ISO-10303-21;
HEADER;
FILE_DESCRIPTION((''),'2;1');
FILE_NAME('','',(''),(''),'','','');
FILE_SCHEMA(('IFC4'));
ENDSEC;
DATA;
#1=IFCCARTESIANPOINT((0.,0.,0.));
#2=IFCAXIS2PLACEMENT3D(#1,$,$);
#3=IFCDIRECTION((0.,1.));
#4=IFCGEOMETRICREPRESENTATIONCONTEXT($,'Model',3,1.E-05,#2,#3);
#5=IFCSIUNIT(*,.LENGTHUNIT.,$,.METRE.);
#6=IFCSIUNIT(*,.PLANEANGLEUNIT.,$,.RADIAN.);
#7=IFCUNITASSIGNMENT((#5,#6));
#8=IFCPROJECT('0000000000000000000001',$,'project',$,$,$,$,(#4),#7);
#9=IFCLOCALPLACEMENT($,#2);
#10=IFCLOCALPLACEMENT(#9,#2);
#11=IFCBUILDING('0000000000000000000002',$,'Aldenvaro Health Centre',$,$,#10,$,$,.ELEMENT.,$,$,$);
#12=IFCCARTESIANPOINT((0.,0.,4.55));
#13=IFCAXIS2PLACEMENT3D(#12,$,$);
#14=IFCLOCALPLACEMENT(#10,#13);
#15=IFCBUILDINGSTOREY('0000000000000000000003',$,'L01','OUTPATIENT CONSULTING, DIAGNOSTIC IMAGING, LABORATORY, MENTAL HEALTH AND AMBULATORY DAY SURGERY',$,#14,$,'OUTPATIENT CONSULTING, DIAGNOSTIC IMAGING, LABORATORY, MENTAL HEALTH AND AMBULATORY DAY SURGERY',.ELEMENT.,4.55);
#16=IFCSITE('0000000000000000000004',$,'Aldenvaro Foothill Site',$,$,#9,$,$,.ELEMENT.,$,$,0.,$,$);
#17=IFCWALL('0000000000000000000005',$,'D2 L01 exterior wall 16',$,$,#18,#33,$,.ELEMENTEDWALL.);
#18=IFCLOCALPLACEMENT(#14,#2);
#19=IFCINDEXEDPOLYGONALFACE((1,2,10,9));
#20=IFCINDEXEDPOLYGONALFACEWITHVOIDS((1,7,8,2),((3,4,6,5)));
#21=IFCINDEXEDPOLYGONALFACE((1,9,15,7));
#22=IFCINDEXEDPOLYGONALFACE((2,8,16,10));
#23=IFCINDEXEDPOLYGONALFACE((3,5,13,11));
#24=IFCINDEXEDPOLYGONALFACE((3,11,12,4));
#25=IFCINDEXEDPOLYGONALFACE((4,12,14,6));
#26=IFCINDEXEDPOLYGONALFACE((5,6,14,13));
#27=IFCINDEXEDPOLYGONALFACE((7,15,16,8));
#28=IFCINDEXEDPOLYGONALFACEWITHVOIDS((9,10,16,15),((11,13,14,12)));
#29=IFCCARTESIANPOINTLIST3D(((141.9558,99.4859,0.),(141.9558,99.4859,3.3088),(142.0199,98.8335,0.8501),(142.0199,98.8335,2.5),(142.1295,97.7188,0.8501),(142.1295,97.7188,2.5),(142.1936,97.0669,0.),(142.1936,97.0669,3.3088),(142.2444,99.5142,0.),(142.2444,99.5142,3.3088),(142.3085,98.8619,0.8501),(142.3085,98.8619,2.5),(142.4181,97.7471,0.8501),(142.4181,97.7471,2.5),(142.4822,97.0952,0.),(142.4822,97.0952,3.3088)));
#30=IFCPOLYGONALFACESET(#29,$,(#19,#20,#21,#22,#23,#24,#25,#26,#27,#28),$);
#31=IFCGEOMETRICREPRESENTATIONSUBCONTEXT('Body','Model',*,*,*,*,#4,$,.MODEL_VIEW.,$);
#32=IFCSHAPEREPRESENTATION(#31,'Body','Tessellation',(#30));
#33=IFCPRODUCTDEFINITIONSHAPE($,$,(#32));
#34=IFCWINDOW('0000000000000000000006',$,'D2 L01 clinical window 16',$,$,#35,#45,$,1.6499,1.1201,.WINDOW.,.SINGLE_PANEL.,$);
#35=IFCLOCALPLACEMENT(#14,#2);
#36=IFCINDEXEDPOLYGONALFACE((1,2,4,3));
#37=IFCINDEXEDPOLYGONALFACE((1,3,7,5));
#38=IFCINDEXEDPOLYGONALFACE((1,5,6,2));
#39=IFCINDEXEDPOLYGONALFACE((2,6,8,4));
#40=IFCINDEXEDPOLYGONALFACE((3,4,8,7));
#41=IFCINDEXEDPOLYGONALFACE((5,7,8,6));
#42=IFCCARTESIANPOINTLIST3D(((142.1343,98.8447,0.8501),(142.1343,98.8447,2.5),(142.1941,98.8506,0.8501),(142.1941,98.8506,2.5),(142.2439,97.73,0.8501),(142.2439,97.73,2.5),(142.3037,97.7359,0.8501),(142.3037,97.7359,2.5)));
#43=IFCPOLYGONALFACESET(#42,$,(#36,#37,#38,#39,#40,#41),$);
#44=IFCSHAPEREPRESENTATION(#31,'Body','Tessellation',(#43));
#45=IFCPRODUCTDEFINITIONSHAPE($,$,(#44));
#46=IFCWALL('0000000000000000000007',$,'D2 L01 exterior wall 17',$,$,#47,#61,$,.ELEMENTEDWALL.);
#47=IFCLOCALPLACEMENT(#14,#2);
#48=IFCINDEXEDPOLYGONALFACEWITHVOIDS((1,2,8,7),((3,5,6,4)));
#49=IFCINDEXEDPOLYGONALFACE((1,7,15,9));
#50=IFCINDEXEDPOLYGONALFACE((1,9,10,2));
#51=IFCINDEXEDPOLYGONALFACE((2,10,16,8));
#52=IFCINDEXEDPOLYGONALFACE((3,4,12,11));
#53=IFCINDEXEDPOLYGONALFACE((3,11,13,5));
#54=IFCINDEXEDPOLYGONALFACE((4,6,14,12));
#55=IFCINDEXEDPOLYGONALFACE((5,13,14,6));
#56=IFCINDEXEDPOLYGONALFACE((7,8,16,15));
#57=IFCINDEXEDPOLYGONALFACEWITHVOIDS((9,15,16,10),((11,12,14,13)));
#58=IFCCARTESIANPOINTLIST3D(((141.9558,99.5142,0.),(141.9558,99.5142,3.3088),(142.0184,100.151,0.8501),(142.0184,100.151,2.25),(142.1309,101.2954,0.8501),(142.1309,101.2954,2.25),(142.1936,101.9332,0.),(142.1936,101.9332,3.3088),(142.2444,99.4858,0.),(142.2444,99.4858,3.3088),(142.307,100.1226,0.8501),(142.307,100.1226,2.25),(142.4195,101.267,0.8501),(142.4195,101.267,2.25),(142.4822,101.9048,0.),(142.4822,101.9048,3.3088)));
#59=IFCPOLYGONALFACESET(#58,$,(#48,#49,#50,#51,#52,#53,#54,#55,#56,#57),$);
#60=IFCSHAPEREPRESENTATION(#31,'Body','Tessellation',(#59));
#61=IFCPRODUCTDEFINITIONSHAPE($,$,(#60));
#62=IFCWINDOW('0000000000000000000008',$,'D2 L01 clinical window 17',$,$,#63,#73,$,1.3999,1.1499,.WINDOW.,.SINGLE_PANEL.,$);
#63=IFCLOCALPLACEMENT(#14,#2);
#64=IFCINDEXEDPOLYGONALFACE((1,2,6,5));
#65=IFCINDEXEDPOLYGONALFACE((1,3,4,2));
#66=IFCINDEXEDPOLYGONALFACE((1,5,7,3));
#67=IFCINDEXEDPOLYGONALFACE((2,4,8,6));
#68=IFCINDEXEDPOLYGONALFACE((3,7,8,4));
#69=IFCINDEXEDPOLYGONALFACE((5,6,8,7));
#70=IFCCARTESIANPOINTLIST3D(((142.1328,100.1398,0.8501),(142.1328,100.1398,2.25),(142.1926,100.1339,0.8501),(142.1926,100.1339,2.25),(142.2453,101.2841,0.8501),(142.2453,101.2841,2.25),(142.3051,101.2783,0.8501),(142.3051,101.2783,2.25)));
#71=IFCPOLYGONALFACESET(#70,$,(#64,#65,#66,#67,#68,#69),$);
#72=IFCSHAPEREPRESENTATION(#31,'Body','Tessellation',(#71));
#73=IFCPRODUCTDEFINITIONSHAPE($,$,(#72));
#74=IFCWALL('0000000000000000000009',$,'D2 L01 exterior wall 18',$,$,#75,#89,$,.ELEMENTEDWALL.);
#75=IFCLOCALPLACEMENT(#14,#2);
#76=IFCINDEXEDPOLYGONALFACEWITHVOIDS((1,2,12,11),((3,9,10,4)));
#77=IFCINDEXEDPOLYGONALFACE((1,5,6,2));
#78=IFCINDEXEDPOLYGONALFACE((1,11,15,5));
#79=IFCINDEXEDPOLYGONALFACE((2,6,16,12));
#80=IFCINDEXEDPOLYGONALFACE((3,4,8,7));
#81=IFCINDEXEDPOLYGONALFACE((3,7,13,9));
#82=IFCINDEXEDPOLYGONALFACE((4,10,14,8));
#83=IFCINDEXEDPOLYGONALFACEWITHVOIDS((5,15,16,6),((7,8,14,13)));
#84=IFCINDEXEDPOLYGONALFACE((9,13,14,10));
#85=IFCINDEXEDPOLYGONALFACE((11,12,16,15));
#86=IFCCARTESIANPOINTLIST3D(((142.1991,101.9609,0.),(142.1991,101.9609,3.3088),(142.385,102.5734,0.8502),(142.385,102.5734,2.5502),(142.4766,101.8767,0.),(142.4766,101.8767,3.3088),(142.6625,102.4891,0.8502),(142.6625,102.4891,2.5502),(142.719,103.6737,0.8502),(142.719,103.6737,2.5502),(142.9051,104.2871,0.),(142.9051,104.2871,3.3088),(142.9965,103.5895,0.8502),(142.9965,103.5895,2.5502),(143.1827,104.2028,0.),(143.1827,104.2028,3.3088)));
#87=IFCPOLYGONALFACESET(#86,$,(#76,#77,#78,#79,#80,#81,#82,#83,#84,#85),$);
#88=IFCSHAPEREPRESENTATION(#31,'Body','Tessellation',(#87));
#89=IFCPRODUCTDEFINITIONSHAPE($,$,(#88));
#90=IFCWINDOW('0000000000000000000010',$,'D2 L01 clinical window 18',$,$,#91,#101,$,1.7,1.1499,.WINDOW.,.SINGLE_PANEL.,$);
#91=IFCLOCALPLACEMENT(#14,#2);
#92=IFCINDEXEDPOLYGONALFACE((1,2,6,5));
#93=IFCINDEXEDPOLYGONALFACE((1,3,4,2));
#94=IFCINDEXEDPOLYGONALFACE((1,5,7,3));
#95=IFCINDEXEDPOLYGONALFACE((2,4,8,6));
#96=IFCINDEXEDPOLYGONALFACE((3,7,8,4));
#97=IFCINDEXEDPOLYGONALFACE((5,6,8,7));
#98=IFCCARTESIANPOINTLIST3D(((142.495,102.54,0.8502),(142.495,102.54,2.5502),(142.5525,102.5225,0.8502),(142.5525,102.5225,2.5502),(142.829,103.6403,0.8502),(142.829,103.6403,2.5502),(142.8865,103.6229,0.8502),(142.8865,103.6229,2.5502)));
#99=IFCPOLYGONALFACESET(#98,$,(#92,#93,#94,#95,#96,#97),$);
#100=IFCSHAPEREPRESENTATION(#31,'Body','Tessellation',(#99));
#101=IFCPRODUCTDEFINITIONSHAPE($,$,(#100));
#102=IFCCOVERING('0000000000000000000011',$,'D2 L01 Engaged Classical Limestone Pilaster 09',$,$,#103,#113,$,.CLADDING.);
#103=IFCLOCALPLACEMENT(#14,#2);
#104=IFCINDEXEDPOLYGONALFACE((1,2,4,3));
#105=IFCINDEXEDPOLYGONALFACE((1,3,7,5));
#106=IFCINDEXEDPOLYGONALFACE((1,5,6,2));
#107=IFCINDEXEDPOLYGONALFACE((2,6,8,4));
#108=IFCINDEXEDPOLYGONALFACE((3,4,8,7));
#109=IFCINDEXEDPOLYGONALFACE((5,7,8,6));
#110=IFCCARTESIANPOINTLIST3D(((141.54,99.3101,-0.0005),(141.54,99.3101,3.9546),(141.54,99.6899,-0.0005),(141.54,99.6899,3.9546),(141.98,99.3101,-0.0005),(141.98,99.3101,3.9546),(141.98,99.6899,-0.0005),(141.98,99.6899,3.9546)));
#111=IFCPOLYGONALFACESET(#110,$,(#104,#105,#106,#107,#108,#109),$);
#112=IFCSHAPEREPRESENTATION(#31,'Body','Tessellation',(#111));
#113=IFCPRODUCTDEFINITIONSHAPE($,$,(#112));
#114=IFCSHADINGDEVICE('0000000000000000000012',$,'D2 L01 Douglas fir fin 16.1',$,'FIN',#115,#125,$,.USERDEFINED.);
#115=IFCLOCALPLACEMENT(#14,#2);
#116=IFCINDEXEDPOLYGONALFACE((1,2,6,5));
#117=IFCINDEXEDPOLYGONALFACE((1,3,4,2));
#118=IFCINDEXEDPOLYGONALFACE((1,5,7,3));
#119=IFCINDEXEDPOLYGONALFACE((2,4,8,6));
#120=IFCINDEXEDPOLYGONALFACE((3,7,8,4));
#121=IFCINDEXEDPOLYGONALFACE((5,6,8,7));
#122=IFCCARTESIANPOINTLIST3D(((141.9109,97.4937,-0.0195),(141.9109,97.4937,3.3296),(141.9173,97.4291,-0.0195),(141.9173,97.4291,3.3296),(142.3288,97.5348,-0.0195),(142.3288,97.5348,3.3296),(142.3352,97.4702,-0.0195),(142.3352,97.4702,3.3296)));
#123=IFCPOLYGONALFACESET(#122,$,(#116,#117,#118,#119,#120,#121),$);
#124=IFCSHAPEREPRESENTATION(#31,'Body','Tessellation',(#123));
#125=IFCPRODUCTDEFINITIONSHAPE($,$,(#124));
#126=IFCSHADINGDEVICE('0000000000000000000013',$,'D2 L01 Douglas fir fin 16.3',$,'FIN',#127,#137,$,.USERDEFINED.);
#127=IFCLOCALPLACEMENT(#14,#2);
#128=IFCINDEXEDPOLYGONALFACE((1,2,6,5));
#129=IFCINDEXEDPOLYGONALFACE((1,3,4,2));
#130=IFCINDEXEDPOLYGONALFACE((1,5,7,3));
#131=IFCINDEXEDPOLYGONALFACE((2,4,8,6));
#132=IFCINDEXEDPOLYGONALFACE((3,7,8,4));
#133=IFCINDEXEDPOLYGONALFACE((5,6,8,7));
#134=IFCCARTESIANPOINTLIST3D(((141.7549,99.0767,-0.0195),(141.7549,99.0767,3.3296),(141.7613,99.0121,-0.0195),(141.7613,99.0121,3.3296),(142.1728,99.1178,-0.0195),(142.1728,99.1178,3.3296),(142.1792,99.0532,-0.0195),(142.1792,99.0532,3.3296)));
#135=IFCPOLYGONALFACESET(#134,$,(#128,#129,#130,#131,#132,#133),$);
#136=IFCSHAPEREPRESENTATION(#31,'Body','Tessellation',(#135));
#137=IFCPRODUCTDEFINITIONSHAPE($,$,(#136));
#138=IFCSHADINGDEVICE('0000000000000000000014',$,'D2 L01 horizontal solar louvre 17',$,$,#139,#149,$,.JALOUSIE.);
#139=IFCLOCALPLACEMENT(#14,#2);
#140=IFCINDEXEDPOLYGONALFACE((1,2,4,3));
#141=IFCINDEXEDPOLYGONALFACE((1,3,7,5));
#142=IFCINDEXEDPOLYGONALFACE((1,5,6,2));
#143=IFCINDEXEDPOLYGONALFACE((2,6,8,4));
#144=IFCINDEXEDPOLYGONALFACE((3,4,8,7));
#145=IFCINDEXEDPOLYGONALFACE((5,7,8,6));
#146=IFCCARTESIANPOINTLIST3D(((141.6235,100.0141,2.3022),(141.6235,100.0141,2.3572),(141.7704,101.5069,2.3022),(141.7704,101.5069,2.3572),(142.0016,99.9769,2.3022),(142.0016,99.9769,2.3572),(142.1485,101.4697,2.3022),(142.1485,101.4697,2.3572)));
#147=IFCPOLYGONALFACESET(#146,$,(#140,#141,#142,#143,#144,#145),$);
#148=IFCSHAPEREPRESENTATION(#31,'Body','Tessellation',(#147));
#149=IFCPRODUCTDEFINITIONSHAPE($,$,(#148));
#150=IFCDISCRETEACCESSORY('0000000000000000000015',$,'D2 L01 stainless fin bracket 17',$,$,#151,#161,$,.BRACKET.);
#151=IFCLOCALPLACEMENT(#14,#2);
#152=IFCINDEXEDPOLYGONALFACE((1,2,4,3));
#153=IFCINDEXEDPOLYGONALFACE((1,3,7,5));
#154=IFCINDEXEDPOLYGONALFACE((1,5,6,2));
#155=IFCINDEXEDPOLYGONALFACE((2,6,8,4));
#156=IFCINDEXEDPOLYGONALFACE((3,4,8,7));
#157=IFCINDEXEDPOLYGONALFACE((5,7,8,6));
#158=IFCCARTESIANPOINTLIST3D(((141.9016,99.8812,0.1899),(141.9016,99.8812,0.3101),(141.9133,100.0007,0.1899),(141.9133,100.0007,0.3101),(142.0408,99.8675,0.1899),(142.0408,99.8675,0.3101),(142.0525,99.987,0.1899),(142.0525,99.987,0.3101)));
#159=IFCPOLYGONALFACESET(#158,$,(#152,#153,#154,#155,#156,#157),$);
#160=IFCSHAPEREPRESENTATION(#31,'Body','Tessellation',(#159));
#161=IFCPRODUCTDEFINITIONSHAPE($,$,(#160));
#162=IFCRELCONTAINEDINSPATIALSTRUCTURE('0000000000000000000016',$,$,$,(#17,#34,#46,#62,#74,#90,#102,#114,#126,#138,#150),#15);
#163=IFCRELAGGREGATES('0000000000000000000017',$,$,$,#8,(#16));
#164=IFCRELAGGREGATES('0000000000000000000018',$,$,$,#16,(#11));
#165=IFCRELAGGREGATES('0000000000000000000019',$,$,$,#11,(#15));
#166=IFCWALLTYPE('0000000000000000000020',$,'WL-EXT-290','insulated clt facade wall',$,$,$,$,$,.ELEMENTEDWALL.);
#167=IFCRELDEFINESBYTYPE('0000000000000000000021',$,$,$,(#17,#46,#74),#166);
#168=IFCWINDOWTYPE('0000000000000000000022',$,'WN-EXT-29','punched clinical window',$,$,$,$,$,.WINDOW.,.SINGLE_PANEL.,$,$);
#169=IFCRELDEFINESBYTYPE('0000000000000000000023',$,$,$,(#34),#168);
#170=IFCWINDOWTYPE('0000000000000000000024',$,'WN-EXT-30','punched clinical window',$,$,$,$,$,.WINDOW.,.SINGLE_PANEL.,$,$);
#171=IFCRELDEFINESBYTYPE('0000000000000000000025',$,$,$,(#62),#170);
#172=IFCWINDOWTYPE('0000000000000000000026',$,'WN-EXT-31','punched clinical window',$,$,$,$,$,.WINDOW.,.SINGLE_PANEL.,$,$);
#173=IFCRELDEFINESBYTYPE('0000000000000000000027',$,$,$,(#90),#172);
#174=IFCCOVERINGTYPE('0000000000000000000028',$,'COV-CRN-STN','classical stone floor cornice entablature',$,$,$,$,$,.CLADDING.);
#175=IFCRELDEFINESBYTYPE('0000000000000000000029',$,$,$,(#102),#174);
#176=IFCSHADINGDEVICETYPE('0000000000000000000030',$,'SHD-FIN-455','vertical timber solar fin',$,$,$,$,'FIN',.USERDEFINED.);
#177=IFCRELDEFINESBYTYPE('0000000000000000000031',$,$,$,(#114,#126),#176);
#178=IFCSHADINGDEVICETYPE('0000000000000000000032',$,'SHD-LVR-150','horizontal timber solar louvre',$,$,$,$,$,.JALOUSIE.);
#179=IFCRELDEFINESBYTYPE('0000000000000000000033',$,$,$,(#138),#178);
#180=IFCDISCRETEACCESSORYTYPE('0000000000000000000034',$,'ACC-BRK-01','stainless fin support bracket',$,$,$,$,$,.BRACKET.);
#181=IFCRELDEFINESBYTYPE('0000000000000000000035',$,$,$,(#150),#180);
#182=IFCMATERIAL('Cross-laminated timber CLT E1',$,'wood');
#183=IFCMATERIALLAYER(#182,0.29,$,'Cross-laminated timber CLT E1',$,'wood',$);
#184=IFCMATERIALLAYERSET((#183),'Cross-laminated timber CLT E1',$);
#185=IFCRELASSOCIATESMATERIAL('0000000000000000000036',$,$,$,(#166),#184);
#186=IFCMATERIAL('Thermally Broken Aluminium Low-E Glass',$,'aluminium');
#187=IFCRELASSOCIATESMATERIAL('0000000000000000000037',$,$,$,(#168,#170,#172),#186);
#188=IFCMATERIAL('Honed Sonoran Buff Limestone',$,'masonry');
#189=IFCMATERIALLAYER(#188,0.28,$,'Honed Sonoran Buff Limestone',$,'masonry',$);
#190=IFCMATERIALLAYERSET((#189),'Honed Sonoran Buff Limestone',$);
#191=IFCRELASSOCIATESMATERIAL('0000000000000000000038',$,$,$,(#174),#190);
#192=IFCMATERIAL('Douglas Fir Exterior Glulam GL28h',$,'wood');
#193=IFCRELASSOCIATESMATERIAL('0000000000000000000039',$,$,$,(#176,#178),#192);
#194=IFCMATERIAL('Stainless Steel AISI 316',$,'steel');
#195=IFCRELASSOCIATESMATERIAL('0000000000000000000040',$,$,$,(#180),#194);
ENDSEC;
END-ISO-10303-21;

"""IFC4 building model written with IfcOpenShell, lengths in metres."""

from ifc_helpers import new_model, si_unit, direction, frame, frame_2d, origin, origin_2d, place, context, subcontext, project, spatial, rectangle, extrude, material, layer, layer_set, type_object, element, fill, save


model = new_model("IFC4")

# Units and contexts
model_context = context("Model", 3, precision=1e-05, world=origin(), true_north=direction((0.0, 1.0)))
body_context = subcontext(model_context, "Body", "Model", "MODEL_VIEW")
ifc_project = project(units=[si_unit("LENGTHUNIT", "METRE"), si_unit("PLANEANGLEUNIT", "RADIAN")], contexts=[model_context])

# Site, building, storey
site_placement = place(None, origin())
site = spatial("IfcSite", under=ifc_project, at=site_placement, Name="Aldenvaro Foothill Site", CompositionType="ELEMENT", RefElevation=0.0)
building_placement = place(site_placement, origin())
building = spatial("IfcBuilding", under=site, at=building_placement, Name="Aldenvaro Health Centre", CompositionType="ELEMENT")
storey_placement = place(building_placement, frame((0.0, 0.0, 4.55)))
storey = spatial("IfcBuildingStorey", under=building, at=storey_placement, Name="L01", Description="OUTPATIENT CONSULTING, DIAGNOSTIC IMAGING, LABORATORY, MENTAL HEALTH AND AMBULATORY DAY SURGERY", LongName="OUTPATIENT CONSULTING, DIAGNOSTIC IMAGING, LABORATORY, MENTAL HEALTH AND AMBULATORY DAY SURGERY", CompositionType="ELEMENT", Elevation=4.55)

# Walls, openings, windows
ifc_material_1 = material(Name="Cross-laminated timber CLT E1", Category="wood")
ifc_layer_1 = layer(ifc_material_1, 0.29, Name="Cross-laminated timber CLT E1", Category="wood")
ifc_layer_set_1 = layer_set([ifc_layer_1], Name="Cross-laminated timber CLT E1")
wall_type = type_object("IfcWallType", Name="WL-EXT-290", Description="insulated clt facade wall", PredefinedType="ELEMENTEDWALL", material=ifc_layer_set_1)
wall_1_placement = place(storey_placement, frame((142.3379, 97.0811, 0.0), z_axis=(0.0, 0.0, 1.0), x_axis=(-0.097833, 0.995203, 0.0)))
wall_1 = element("IfcWall", 1, at=wall_1_placement, inside=storey, type_object=wall_type, Name="D2 L01 exterior wall 16", PredefinedType="ELEMENTEDWALL", context=body_context, shape_type="SweptSolid", body=[
    extrude(rectangle(XDim=2.4307, YDim=0.29, at=frame_2d((1.2153, 0.0))), origin(), (0.0, 0.0, 1.0), 3.3088),
])
opening_1_placement = place(wall_1_placement, frame((0.655, 0.0, 0.8501)))
opening_1 = element("IfcOpeningElement", 2, at=opening_1_placement, cuts=wall_1, PredefinedType="OPENING", context=body_context, shape_type="SweptSolid", body=[
    extrude(rectangle(XDim=1.1201, YDim=1.6499, at=frame_2d((0.5601, 0.825))), frame((0.0, 0.155, 0.0), z_axis=(0.0, -1.0, 0.0), x_axis=(1.0, 0.0, 0.0)), (0.0, 0.0, 1.0), 0.3101),
])
ifc_material_2 = material(Name="Thermally Broken Aluminium Low-E Glass", Category="aluminium")
window_type_1 = type_object("IfcWindowType", Name="WN-EXT-29", Description="punched clinical window", PartitioningType="SINGLE_PANEL", PredefinedType="WINDOW", material=ifc_material_2)
window_1_placement = place(opening_1_placement, origin())
window_1 = element("IfcWindow", 3, at=window_1_placement, inside=storey, type_object=window_type_1, Name="D2 L01 clinical window 16", OverallHeight=1.6499, OverallWidth=1.1201, PartitioningType="SINGLE_PANEL", PredefinedType="WINDOW", context=body_context, shape_type="SweptSolid", body=[
    extrude(rectangle(XDim=1.1201, YDim=1.6499, at=frame_2d((0.5601, 0.825))), frame((0.0, 0.03, 0.0), z_axis=(0.0, -1.0, 0.0), x_axis=(1.0, 0.0, 0.0)), (0.0, 0.0, 1.0), 0.0601),
])
fill(opening_1, window_1)
wall_2_placement = place(storey_placement, frame((142.1001, 99.5, 0.0), z_axis=(0.0, 0.0, 1.0), x_axis=(0.097833, 0.995203, 0.0)))
wall_2 = element("IfcWall", 4, at=wall_2_placement, inside=storey, type_object=wall_type, Name="D2 L01 exterior wall 17", PredefinedType="ELEMENTEDWALL", context=body_context, shape_type="SweptSolid", body=[
    extrude(rectangle(XDim=2.4307, YDim=0.29, at=frame_2d((1.2153, 0.0))), origin(), (0.0, 0.0, 1.0), 3.3088),
])
opening_2_placement = place(wall_2_placement, frame((0.6399, 0.0, 0.8501)))
opening_2 = element("IfcOpeningElement", 5, at=opening_2_placement, cuts=wall_2, PredefinedType="OPENING", context=body_context, shape_type="SweptSolid", body=[
    extrude(rectangle(XDim=1.1499, YDim=1.3999, at=frame_2d((0.575, 0.7))), frame((0.0, 0.155, 0.0), z_axis=(0.0, -1.0, 0.0), x_axis=(1.0, 0.0, 0.0)), (0.0, 0.0, 1.0), 0.3101),
])
window_type_2 = type_object("IfcWindowType", Name="WN-EXT-30", Description="punched clinical window", PartitioningType="SINGLE_PANEL", PredefinedType="WINDOW", material=ifc_material_2)
window_2_placement = place(opening_2_placement, origin())
window_2 = element("IfcWindow", 6, at=window_2_placement, inside=storey, type_object=window_type_2, Name="D2 L01 clinical window 17", OverallHeight=1.3999, OverallWidth=1.1499, PartitioningType="SINGLE_PANEL", PredefinedType="WINDOW", context=body_context, shape_type="SweptSolid", body=[
    extrude(rectangle(XDim=1.1499, YDim=1.3999, at=frame_2d((0.575, 0.7))), frame((0.0, 0.03, 0.0), z_axis=(0.0, -1.0, 0.0), x_axis=(1.0, 0.0, 0.0)), (0.0, 0.0, 1.0), 0.0601),
])
fill(opening_2, window_2)
wall_3_placement = place(storey_placement, frame((142.3379, 101.9189, 0.0), z_axis=(0.0, 0.0, 1.0), x_axis=(0.290442, 0.956893, 0.0)))
wall_3 = element("IfcWall", 7, at=wall_3_placement, inside=storey, type_object=wall_type, Name="D2 L01 exterior wall 18", PredefinedType="ELEMENTEDWALL", context=body_context, shape_type="SweptSolid", body=[
    extrude(rectangle(XDim=2.4309, YDim=0.29, at=frame_2d((1.2153, 0.0))), origin(), (0.0, 0.0, 1.0), 3.3088),
])
opening_3_placement = place(wall_3_placement, frame((0.6399, 0.0, 0.8501)))
opening_3 = element("IfcOpeningElement", 8, at=opening_3_placement, cuts=wall_3, PredefinedType="OPENING", context=body_context, shape_type="SweptSolid", body=[
    extrude(rectangle(XDim=1.1499, YDim=1.7, at=frame_2d((0.575, 0.8501))), frame((0.0, 0.155, 0.0), z_axis=(0.0, -1.0, 0.0), x_axis=(1.0, 0.0, 0.0)), (0.0, 0.0, 1.0), 0.3101),
])
window_type_3 = type_object("IfcWindowType", Name="WN-EXT-31", Description="punched clinical window", PartitioningType="SINGLE_PANEL", PredefinedType="WINDOW", material=ifc_material_2)
window_3_placement = place(opening_3_placement, origin())
window_3 = element("IfcWindow", 9, at=window_3_placement, inside=storey, type_object=window_type_3, Name="D2 L01 clinical window 18", OverallHeight=1.7, OverallWidth=1.1499, PartitioningType="SINGLE_PANEL", PredefinedType="WINDOW", context=body_context, shape_type="SweptSolid", body=[
    extrude(rectangle(XDim=1.1499, YDim=1.7, at=frame_2d((0.575, 0.8501))), frame((0.0, 0.03, 0.0), z_axis=(0.0, -1.0, 0.0), x_axis=(1.0, 0.0, 0.0)), (0.0, 0.0, 1.0), 0.0601),
])
fill(opening_3, window_3)

# Covering
ifc_material_3 = material(Name="Honed Sonoran Buff Limestone", Category="masonry")
ifc_layer_2 = layer(ifc_material_3, 0.28, Name="Honed Sonoran Buff Limestone", Category="masonry")
ifc_layer_set_2 = layer_set([ifc_layer_2], Name="Honed Sonoran Buff Limestone")
covering_type = type_object("IfcCoveringType", Name="COV-CRN-STN", Description="classical stone floor cornice entablature", PredefinedType="CLADDING", material=ifc_layer_set_2)
covering_placement = place(storey_placement, frame((141.76, 99.5, -0.0005), z_axis=(0.0, 0.0, 1.0), x_axis=(-1.0, 0.0, 0.0)))
element("IfcCovering", 10, at=covering_placement, inside=storey, type_object=covering_type, Name="D2 L01 Engaged Classical Limestone Pilaster 09", PredefinedType="CLADDING", context=body_context, shape_type="SweptSolid", body=[
    extrude(rectangle(XDim=0.4399, YDim=0.3799, at=origin_2d()), origin(), (0.0, 0.0, 1.0), 3.9551),
])

# Shading devices
ifc_material_4 = material(Name="Douglas Fir Exterior Glulam GL28h", Category="wood")
shading_device_type_1 = type_object("IfcShadingDeviceType", Name="SHD-FIN-455", Description="vertical timber solar fin", ElementType="FIN", PredefinedType="USERDEFINED", material=ifc_material_4)
for number, where, z_axis, x_axis, name in (
    (11, (142.123, 97.4819, -0.0195), (0.0, 0.0, 1.0), (-0.097915, 0.995195, 0.0), "D2 L01 Douglas fir fin 16.1"),
    (12, (141.967, 99.0649, -0.0195), (0.0, 0.0, 1.0), (-0.097915, 0.995195, 0.0), "D2 L01 Douglas fir fin 16.3"),
):
    element("IfcShadingDevice", number, at=place(storey_placement, frame(where, z_axis=z_axis, x_axis=x_axis)), inside=storey, type_object=shading_device_type_1, Name=name, ObjectType="FIN", PredefinedType="USERDEFINED", context=body_context, shape_type="SweptSolid", body=[
        extrude(rectangle(XDim=0.0649, YDim=0.4199, at=origin_2d()), origin(), (0.0, 0.0, 1.0), 3.3491),
    ])
shading_device_type_2 = type_object("IfcShadingDeviceType", Name="SHD-LVR-150", Description="horizontal timber solar louvre", PredefinedType="JALOUSIE", material=ifc_material_4)
shading_device_placement = place(storey_placement, frame((141.886, 100.7419, 2.3022), z_axis=(0.0, 0.0, 1.0), x_axis=(0.097915, 0.995195, 0.0)))
element("IfcShadingDevice", 13, at=shading_device_placement, inside=storey, type_object=shading_device_type_2, Name="D2 L01 horizontal solar louvre 17", PredefinedType="JALOUSIE", context=body_context, shape_type="SweptSolid", body=[
    extrude(rectangle(XDim=1.5, YDim=0.3799, at=origin_2d()), origin(), (0.0, 0.0, 1.0), 0.0549),
])

# Discrete accessory
ifc_material_5 = material(Name="Stainless Steel AISI 316", Category="steel")
discrete_accessory_type = type_object("IfcDiscreteAccessoryType", Name="ACC-BRK-01", Description="stainless fin support bracket", PredefinedType="BRACKET", material=ifc_material_5)
discrete_accessory_placement = place(storey_placement, frame((141.9771, 99.9341, 0.1899), z_axis=(0.0, 0.0, 1.0), x_axis=(0.097915, 0.995195, 0.0)))
element("IfcDiscreteAccessory", 14, at=discrete_accessory_placement, inside=storey, type_object=discrete_accessory_type, Name="D2 L01 stainless fin bracket 17", PredefinedType="BRACKET", context=body_context, shape_type="SweptSolid", body=[
    extrude(rectangle(XDim=0.1201, YDim=0.1399, at=origin_2d()), origin(), (0.0, 0.0, 1.0), 0.1201),
])

save(model, "model.ifc")
